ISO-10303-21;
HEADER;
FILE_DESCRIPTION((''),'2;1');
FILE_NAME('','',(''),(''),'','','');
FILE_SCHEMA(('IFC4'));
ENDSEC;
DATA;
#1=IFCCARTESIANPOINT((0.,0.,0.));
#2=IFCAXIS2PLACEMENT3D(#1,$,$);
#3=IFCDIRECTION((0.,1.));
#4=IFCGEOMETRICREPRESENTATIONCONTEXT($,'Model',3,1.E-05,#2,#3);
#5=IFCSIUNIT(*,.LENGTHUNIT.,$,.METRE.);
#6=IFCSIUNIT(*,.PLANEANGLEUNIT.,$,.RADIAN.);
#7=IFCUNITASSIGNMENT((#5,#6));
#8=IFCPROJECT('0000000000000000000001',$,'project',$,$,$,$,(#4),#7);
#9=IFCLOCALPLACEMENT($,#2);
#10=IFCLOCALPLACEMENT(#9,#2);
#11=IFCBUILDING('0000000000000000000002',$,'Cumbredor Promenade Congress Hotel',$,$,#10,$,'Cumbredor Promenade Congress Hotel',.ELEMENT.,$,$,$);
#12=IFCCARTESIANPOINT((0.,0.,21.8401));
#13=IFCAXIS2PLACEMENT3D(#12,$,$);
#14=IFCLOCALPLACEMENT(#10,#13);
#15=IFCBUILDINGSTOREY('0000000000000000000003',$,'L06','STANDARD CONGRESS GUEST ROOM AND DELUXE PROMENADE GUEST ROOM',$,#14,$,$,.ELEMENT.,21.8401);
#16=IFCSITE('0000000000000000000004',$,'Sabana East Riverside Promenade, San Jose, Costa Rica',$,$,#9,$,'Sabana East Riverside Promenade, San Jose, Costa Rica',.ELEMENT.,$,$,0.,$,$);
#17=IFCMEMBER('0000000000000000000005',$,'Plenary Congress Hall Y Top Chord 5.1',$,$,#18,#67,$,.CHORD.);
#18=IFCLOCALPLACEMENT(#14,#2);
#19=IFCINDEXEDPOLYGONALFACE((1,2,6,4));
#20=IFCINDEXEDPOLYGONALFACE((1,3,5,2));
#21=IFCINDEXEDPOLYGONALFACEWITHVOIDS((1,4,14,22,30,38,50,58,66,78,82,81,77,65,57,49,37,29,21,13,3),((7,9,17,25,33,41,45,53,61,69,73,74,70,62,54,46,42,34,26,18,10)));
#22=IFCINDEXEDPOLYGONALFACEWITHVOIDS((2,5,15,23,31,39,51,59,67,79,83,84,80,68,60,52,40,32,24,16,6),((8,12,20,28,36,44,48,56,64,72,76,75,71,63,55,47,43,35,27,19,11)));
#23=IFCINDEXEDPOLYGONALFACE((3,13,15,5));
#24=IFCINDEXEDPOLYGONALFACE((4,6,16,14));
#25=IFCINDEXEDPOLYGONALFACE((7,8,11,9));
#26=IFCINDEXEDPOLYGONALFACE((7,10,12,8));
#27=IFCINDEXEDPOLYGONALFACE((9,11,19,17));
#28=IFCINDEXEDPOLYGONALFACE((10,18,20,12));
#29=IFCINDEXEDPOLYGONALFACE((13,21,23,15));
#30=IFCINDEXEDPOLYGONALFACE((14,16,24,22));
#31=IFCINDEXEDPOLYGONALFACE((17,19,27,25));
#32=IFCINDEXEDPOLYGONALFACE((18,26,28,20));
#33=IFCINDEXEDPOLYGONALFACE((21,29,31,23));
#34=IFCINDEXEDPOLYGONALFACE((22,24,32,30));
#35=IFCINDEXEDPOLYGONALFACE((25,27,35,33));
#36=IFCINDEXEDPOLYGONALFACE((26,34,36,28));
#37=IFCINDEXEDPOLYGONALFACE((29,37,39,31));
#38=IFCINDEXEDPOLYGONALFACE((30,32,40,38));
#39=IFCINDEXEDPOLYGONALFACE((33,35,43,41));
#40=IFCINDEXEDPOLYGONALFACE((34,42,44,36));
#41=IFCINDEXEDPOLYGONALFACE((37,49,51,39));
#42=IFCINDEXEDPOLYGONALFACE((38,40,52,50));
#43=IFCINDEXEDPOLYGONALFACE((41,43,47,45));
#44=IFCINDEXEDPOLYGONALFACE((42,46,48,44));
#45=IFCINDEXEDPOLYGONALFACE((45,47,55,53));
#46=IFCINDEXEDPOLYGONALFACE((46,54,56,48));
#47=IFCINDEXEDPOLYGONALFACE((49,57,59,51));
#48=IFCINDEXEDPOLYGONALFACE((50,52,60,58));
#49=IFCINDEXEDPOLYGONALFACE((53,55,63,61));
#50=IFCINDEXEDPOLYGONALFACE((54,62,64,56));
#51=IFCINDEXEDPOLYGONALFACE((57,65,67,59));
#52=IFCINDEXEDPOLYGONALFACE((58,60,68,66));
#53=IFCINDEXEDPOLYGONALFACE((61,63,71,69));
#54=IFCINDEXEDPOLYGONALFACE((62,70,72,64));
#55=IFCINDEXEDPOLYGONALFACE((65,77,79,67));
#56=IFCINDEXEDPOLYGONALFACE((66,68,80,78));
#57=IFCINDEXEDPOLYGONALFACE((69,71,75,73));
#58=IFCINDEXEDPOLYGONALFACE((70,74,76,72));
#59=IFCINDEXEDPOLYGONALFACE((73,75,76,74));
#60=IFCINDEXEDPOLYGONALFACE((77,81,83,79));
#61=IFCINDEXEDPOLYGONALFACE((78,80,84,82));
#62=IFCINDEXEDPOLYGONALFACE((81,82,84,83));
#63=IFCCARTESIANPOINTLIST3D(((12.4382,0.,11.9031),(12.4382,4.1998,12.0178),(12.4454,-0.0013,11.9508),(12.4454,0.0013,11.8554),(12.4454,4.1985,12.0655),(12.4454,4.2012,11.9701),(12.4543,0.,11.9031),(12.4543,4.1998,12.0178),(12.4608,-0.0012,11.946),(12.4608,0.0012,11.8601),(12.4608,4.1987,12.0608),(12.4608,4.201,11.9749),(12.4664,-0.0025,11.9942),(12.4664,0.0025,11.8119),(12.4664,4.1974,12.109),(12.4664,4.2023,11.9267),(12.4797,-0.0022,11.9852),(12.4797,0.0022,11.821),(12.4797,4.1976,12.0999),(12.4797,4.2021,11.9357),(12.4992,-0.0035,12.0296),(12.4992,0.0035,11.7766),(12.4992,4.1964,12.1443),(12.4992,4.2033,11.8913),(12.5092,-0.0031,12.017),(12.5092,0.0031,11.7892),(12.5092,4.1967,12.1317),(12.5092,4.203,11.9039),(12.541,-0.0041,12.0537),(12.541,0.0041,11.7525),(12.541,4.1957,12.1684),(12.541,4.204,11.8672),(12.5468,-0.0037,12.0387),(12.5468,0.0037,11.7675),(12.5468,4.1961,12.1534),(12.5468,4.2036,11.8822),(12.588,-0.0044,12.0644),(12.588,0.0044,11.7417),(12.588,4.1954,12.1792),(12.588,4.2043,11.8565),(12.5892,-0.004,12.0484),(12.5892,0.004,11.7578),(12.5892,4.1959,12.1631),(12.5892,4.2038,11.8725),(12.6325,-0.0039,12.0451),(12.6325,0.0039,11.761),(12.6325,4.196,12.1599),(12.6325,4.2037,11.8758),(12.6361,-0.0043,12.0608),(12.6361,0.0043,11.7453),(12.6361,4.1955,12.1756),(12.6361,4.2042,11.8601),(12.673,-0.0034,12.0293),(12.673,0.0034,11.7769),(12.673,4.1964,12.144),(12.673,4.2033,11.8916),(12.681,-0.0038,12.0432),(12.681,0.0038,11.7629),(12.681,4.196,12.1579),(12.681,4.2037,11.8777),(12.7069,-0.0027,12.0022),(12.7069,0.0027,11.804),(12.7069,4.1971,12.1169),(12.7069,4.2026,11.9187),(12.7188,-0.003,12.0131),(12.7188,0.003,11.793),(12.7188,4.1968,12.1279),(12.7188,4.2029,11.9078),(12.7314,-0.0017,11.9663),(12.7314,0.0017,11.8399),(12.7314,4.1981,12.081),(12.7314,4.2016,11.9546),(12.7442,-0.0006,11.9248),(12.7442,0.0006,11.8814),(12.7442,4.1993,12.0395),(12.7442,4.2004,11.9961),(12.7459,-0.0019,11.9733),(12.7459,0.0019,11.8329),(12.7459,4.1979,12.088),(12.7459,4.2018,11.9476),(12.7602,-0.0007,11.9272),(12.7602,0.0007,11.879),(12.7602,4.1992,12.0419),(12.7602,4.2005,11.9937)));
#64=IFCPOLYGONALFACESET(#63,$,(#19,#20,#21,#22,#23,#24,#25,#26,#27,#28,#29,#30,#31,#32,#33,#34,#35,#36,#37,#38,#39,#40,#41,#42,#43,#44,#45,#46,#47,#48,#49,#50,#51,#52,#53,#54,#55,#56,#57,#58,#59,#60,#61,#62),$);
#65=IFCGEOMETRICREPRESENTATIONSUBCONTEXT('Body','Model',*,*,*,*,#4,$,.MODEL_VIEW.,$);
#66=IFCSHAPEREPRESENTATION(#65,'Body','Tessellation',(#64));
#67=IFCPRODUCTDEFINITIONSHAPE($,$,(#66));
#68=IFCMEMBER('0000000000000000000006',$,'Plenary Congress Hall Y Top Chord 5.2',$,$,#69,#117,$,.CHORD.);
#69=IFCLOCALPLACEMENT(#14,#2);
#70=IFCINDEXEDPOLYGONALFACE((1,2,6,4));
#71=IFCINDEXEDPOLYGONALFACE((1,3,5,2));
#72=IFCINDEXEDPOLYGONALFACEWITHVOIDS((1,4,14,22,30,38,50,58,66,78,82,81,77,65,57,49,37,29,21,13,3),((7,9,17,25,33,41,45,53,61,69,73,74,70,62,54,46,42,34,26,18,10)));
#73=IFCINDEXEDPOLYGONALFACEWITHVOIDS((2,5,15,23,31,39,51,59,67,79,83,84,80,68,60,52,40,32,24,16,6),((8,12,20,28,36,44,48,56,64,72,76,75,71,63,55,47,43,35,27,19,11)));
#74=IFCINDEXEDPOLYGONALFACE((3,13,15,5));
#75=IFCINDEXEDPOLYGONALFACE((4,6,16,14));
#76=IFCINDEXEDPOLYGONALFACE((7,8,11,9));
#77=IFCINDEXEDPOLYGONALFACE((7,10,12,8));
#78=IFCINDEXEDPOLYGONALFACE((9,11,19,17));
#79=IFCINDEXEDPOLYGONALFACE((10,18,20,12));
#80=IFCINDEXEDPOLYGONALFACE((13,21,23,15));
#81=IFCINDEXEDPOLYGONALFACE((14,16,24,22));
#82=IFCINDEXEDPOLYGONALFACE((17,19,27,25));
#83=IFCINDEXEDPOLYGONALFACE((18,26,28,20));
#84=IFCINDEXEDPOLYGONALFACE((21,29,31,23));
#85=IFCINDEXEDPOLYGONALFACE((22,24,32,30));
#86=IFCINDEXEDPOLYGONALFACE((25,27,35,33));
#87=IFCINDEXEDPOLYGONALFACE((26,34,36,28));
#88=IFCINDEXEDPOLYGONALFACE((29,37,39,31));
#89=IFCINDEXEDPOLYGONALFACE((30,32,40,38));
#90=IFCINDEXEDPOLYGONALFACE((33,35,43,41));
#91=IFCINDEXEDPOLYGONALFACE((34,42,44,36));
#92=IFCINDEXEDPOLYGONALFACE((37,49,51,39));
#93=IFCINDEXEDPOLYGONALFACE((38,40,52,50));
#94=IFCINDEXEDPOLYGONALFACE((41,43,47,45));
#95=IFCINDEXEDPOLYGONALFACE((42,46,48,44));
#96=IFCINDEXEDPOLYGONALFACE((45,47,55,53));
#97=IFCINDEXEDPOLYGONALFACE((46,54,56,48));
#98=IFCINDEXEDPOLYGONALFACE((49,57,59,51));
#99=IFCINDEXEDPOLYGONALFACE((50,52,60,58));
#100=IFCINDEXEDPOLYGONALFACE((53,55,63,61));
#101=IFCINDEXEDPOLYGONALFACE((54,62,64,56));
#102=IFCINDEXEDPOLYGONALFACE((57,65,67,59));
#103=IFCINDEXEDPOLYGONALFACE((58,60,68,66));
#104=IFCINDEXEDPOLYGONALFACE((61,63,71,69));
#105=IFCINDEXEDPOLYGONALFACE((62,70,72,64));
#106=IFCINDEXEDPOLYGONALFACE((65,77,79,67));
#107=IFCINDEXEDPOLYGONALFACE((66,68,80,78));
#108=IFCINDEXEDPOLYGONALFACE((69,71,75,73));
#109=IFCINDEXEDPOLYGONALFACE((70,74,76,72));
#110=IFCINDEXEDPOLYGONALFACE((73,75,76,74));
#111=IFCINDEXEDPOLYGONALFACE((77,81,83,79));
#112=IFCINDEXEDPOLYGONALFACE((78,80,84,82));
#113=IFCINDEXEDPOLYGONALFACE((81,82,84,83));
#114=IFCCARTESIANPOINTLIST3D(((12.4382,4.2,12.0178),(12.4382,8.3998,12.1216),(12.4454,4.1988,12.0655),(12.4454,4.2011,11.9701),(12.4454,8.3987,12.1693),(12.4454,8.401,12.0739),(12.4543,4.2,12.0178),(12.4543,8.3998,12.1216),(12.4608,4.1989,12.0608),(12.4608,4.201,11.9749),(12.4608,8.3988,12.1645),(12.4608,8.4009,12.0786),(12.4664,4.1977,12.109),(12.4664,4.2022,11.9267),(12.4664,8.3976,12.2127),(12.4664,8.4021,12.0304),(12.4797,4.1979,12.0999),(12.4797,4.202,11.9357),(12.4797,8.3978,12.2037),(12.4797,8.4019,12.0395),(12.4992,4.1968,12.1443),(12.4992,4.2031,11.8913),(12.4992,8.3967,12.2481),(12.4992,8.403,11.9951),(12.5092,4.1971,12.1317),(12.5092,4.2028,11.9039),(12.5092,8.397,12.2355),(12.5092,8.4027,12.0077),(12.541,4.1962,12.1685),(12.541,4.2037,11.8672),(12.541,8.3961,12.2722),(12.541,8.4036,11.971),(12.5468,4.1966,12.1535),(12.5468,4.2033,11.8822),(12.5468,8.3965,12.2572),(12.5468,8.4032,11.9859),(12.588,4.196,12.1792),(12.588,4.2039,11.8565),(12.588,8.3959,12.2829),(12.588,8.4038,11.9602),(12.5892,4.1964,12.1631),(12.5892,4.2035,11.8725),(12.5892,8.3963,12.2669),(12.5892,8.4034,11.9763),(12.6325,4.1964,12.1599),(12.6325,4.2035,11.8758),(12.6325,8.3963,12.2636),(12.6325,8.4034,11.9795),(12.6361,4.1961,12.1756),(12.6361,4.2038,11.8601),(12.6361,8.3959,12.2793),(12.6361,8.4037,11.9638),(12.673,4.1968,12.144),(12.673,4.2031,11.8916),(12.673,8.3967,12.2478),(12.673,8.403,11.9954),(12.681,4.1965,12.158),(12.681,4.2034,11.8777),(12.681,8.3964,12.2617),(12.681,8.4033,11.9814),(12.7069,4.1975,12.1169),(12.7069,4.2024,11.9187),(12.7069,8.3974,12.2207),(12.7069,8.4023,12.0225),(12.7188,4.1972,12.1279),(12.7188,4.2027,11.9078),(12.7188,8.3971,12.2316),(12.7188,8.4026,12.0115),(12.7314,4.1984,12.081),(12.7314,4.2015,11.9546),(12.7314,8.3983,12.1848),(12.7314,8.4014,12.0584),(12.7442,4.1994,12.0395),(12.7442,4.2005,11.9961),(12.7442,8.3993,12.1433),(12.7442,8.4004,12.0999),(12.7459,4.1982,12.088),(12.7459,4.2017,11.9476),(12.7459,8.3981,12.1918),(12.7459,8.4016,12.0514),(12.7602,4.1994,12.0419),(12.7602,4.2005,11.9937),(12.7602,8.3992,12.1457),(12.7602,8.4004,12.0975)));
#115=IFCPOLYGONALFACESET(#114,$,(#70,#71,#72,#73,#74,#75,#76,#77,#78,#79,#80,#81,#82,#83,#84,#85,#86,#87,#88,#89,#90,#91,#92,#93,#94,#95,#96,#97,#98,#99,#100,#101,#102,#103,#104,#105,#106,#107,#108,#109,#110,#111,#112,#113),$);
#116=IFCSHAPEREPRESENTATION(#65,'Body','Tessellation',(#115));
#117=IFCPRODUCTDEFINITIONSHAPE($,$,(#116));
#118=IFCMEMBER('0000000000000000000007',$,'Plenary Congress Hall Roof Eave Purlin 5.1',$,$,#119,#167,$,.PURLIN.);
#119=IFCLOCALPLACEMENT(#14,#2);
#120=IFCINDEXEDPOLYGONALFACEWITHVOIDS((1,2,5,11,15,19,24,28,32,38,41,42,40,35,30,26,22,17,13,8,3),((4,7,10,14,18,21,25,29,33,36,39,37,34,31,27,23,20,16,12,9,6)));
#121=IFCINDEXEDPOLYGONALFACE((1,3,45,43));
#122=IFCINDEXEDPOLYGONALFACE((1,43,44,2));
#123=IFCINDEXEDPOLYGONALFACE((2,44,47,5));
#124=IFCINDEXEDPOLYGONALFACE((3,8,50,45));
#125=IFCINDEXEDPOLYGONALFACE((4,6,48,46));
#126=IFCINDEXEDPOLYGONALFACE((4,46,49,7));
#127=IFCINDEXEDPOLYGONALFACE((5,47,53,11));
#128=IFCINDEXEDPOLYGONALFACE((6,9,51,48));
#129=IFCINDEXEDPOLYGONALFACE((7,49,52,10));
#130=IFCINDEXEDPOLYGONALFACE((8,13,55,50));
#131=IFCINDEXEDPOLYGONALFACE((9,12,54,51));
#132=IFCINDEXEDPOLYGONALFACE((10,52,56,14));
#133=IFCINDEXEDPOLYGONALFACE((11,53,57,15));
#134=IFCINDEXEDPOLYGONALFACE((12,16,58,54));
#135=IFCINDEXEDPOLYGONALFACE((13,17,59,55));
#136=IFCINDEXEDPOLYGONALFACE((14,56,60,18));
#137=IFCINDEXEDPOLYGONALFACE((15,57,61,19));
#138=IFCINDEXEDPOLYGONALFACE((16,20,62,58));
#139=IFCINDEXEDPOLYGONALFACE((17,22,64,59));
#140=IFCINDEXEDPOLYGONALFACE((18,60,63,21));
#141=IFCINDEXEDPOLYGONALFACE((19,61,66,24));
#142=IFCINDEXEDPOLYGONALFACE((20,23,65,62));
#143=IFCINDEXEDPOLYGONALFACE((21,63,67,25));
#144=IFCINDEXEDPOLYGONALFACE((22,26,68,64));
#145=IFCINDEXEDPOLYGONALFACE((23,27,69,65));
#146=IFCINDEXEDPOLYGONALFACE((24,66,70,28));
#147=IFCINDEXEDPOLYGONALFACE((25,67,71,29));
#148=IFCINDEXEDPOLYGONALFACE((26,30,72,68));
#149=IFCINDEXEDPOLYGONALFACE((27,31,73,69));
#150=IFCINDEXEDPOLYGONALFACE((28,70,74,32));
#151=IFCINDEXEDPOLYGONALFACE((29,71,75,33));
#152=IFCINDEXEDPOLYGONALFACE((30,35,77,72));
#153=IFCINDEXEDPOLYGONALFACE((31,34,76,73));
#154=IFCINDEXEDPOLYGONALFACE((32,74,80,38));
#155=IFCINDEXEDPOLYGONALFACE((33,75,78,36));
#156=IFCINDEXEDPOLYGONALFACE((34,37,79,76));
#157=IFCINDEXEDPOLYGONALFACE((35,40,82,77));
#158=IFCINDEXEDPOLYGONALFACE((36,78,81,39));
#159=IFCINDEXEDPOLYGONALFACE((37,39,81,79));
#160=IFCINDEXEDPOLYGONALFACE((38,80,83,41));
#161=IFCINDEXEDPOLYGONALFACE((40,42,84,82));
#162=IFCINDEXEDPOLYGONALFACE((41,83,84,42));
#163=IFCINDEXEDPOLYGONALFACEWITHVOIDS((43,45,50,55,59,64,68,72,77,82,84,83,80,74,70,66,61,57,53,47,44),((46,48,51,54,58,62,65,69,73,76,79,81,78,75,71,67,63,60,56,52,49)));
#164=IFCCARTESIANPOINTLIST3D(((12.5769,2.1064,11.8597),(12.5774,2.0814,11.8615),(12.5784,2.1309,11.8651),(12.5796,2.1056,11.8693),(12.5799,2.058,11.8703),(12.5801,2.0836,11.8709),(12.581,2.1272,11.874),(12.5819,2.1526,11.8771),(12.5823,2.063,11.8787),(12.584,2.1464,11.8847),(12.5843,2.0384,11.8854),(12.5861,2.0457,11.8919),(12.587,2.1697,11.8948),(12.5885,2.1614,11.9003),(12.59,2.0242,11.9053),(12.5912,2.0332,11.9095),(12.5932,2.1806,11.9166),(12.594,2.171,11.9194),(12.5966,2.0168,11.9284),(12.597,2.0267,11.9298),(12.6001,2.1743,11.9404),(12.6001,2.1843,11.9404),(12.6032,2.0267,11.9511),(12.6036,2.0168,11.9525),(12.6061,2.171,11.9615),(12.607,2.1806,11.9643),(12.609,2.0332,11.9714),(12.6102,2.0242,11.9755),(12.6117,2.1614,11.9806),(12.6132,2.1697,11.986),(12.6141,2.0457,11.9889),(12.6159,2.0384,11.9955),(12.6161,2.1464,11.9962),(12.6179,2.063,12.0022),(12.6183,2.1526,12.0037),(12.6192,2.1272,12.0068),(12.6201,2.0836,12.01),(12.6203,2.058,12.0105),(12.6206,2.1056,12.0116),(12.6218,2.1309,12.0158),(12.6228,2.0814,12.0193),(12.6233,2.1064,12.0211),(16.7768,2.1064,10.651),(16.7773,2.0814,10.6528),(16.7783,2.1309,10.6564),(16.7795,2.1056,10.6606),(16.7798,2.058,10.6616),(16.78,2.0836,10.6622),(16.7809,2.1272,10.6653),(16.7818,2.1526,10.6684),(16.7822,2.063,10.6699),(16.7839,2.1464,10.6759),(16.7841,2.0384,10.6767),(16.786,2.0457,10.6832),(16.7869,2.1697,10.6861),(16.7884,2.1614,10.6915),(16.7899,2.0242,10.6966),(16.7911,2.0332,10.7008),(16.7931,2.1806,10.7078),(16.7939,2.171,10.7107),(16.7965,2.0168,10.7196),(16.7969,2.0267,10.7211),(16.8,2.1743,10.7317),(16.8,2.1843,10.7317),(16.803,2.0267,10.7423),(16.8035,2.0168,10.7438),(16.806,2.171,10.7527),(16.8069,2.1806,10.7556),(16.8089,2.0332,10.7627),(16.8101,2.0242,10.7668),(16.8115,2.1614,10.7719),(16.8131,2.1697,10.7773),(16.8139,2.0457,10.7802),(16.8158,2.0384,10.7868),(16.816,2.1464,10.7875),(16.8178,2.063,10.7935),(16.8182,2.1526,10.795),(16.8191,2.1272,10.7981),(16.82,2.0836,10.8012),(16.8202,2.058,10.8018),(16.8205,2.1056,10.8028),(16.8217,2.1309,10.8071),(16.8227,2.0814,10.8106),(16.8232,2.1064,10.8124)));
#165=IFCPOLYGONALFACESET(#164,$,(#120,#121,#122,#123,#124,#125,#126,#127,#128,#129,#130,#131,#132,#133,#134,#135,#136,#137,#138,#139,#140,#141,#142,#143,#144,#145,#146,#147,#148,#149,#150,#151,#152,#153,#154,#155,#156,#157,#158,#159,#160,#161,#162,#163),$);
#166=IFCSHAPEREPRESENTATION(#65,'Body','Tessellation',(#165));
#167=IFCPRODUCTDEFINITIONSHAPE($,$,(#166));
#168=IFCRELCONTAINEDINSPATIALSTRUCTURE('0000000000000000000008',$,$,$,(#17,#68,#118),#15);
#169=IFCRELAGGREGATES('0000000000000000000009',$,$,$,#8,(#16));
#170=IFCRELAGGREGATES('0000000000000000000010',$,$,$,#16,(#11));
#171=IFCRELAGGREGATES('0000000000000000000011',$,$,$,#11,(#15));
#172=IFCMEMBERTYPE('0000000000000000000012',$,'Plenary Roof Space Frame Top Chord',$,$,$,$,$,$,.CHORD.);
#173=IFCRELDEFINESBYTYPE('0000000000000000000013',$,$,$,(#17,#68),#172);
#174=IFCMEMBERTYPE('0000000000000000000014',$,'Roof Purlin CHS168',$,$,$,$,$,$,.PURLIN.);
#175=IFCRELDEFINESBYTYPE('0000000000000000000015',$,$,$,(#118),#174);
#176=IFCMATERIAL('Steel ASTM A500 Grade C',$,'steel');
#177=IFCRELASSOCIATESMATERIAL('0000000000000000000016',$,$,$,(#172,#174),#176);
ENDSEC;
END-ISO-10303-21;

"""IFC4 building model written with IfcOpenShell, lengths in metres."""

from ifc_helpers import new_model, si_unit, direction, frame, origin, origin_2d, place, context, subcontext, project, spatial, hollow_circle, extrude, material, material_profile, profile_set, type_object, element, save


model = new_model("IFC4")

# Units and contexts
model_context = context("Model", 3, precision=1e-05, world=origin(), true_north=direction((0.0, 1.0)))
body_context = subcontext(model_context, "Body", "Model", "MODEL_VIEW")
ifc_project = project(units=[si_unit("LENGTHUNIT", "METRE"), si_unit("PLANEANGLEUNIT", "RADIAN")], contexts=[model_context])

# Site, building, storey
site_placement = place(None, origin())
site = spatial("IfcSite", under=ifc_project, at=site_placement, Name="Sabana East Riverside Promenade, San Jose, Costa Rica", LongName="Sabana East Riverside Promenade, San Jose, Costa Rica", CompositionType="ELEMENT", RefElevation=0.0)
building_placement = place(site_placement, origin())
building = spatial("IfcBuilding", under=site, at=building_placement, Name="Cumbredor Promenade Congress Hotel", LongName="Cumbredor Promenade Congress Hotel", CompositionType="ELEMENT")
storey_placement = place(building_placement, frame((0.0, 0.0, 21.8401)))
storey = spatial("IfcBuildingStorey", under=building, at=storey_placement, Name="L06", Description="STANDARD CONGRESS GUEST ROOM AND DELUXE PROMENADE GUEST ROOM", CompositionType="ELEMENT", Elevation=21.8401)

# Members
ifc_material_1 = material(Name="Steel ASTM A500 Grade C", Category="steel")
ifc_material_profile_1 = material_profile(ifc_material_1, hollow_circle(Radius=0.1619, WallThickness=0.0161, at=origin_2d()), Name="CHS 323.9x16")
ifc_profile_set_1 = profile_set([ifc_material_profile_1], Name="Steel ASTM A500 Grade C")
member_type_1 = type_object("IfcMemberType", Name="Plenary Roof Space Frame Top Chord", PredefinedType="CHORD", material=ifc_profile_set_1)
member_1_placement = place(storey_placement, frame((12.6001, 0.0, 11.9031), z_axis=(0.0, 0.999627, 0.027311), x_axis=(-1.0, 0.0, 0.0)))
element("IfcMember", 1, at=member_1_placement, inside=storey, type_object=member_type_1, Name="Plenary Congress Hall Y Top Chord 5.1", PredefinedType="CHORD", context=body_context, shape_type="SweptSolid", body=[
    extrude(hollow_circle(Radius=0.1619, WallThickness=0.0161, at=origin_2d()), origin(), (0.0, 0.0, 1.0), 4.2014),
])
member_2_placement = place(storey_placement, frame((12.6001, 4.2, 12.0178), z_axis=(0.0, 0.999695, 0.024697), x_axis=(-1.0, 0.0, 0.0)))
element("IfcMember", 2, at=member_2_placement, inside=storey, type_object=member_type_1, Name="Plenary Congress Hall Y Top Chord 5.2", PredefinedType="CHORD", context=body_context, shape_type="SweptSolid", body=[
    extrude(hollow_circle(Radius=0.1619, WallThickness=0.0161, at=origin_2d()), origin(), (0.0, 0.0, 1.0), 4.2012),
])
ifc_material_profile_2 = material_profile(ifc_material_1, hollow_circle(Radius=0.0842, WallThickness=0.01, at=origin_2d()), Name="CHS 168.3x10")
ifc_profile_set_2 = profile_set([ifc_material_profile_2], Name="Steel ASTM A500 Grade C")
member_type_2 = type_object("IfcMemberType", Name="Roof Purlin CHS168", PredefinedType="PURLIN", material=ifc_profile_set_2)
member_3_placement = place(storey_placement, frame((12.6001, 2.1001, 11.9404), z_axis=(0.960993, 0.0, -0.276572), x_axis=(0.0, 1.0, 0.0)))
element("IfcMember", 3, at=member_3_placement, inside=storey, type_object=member_type_2, Name="Plenary Congress Hall Roof Eave Purlin 5.1", PredefinedType="PURLIN", context=body_context, shape_type="SweptSolid", body=[
    extrude(hollow_circle(Radius=0.0842, WallThickness=0.01, at=origin_2d()), origin(), (0.0, 0.0, 1.0), 4.3704),
])

save(model, "model.ifc")
